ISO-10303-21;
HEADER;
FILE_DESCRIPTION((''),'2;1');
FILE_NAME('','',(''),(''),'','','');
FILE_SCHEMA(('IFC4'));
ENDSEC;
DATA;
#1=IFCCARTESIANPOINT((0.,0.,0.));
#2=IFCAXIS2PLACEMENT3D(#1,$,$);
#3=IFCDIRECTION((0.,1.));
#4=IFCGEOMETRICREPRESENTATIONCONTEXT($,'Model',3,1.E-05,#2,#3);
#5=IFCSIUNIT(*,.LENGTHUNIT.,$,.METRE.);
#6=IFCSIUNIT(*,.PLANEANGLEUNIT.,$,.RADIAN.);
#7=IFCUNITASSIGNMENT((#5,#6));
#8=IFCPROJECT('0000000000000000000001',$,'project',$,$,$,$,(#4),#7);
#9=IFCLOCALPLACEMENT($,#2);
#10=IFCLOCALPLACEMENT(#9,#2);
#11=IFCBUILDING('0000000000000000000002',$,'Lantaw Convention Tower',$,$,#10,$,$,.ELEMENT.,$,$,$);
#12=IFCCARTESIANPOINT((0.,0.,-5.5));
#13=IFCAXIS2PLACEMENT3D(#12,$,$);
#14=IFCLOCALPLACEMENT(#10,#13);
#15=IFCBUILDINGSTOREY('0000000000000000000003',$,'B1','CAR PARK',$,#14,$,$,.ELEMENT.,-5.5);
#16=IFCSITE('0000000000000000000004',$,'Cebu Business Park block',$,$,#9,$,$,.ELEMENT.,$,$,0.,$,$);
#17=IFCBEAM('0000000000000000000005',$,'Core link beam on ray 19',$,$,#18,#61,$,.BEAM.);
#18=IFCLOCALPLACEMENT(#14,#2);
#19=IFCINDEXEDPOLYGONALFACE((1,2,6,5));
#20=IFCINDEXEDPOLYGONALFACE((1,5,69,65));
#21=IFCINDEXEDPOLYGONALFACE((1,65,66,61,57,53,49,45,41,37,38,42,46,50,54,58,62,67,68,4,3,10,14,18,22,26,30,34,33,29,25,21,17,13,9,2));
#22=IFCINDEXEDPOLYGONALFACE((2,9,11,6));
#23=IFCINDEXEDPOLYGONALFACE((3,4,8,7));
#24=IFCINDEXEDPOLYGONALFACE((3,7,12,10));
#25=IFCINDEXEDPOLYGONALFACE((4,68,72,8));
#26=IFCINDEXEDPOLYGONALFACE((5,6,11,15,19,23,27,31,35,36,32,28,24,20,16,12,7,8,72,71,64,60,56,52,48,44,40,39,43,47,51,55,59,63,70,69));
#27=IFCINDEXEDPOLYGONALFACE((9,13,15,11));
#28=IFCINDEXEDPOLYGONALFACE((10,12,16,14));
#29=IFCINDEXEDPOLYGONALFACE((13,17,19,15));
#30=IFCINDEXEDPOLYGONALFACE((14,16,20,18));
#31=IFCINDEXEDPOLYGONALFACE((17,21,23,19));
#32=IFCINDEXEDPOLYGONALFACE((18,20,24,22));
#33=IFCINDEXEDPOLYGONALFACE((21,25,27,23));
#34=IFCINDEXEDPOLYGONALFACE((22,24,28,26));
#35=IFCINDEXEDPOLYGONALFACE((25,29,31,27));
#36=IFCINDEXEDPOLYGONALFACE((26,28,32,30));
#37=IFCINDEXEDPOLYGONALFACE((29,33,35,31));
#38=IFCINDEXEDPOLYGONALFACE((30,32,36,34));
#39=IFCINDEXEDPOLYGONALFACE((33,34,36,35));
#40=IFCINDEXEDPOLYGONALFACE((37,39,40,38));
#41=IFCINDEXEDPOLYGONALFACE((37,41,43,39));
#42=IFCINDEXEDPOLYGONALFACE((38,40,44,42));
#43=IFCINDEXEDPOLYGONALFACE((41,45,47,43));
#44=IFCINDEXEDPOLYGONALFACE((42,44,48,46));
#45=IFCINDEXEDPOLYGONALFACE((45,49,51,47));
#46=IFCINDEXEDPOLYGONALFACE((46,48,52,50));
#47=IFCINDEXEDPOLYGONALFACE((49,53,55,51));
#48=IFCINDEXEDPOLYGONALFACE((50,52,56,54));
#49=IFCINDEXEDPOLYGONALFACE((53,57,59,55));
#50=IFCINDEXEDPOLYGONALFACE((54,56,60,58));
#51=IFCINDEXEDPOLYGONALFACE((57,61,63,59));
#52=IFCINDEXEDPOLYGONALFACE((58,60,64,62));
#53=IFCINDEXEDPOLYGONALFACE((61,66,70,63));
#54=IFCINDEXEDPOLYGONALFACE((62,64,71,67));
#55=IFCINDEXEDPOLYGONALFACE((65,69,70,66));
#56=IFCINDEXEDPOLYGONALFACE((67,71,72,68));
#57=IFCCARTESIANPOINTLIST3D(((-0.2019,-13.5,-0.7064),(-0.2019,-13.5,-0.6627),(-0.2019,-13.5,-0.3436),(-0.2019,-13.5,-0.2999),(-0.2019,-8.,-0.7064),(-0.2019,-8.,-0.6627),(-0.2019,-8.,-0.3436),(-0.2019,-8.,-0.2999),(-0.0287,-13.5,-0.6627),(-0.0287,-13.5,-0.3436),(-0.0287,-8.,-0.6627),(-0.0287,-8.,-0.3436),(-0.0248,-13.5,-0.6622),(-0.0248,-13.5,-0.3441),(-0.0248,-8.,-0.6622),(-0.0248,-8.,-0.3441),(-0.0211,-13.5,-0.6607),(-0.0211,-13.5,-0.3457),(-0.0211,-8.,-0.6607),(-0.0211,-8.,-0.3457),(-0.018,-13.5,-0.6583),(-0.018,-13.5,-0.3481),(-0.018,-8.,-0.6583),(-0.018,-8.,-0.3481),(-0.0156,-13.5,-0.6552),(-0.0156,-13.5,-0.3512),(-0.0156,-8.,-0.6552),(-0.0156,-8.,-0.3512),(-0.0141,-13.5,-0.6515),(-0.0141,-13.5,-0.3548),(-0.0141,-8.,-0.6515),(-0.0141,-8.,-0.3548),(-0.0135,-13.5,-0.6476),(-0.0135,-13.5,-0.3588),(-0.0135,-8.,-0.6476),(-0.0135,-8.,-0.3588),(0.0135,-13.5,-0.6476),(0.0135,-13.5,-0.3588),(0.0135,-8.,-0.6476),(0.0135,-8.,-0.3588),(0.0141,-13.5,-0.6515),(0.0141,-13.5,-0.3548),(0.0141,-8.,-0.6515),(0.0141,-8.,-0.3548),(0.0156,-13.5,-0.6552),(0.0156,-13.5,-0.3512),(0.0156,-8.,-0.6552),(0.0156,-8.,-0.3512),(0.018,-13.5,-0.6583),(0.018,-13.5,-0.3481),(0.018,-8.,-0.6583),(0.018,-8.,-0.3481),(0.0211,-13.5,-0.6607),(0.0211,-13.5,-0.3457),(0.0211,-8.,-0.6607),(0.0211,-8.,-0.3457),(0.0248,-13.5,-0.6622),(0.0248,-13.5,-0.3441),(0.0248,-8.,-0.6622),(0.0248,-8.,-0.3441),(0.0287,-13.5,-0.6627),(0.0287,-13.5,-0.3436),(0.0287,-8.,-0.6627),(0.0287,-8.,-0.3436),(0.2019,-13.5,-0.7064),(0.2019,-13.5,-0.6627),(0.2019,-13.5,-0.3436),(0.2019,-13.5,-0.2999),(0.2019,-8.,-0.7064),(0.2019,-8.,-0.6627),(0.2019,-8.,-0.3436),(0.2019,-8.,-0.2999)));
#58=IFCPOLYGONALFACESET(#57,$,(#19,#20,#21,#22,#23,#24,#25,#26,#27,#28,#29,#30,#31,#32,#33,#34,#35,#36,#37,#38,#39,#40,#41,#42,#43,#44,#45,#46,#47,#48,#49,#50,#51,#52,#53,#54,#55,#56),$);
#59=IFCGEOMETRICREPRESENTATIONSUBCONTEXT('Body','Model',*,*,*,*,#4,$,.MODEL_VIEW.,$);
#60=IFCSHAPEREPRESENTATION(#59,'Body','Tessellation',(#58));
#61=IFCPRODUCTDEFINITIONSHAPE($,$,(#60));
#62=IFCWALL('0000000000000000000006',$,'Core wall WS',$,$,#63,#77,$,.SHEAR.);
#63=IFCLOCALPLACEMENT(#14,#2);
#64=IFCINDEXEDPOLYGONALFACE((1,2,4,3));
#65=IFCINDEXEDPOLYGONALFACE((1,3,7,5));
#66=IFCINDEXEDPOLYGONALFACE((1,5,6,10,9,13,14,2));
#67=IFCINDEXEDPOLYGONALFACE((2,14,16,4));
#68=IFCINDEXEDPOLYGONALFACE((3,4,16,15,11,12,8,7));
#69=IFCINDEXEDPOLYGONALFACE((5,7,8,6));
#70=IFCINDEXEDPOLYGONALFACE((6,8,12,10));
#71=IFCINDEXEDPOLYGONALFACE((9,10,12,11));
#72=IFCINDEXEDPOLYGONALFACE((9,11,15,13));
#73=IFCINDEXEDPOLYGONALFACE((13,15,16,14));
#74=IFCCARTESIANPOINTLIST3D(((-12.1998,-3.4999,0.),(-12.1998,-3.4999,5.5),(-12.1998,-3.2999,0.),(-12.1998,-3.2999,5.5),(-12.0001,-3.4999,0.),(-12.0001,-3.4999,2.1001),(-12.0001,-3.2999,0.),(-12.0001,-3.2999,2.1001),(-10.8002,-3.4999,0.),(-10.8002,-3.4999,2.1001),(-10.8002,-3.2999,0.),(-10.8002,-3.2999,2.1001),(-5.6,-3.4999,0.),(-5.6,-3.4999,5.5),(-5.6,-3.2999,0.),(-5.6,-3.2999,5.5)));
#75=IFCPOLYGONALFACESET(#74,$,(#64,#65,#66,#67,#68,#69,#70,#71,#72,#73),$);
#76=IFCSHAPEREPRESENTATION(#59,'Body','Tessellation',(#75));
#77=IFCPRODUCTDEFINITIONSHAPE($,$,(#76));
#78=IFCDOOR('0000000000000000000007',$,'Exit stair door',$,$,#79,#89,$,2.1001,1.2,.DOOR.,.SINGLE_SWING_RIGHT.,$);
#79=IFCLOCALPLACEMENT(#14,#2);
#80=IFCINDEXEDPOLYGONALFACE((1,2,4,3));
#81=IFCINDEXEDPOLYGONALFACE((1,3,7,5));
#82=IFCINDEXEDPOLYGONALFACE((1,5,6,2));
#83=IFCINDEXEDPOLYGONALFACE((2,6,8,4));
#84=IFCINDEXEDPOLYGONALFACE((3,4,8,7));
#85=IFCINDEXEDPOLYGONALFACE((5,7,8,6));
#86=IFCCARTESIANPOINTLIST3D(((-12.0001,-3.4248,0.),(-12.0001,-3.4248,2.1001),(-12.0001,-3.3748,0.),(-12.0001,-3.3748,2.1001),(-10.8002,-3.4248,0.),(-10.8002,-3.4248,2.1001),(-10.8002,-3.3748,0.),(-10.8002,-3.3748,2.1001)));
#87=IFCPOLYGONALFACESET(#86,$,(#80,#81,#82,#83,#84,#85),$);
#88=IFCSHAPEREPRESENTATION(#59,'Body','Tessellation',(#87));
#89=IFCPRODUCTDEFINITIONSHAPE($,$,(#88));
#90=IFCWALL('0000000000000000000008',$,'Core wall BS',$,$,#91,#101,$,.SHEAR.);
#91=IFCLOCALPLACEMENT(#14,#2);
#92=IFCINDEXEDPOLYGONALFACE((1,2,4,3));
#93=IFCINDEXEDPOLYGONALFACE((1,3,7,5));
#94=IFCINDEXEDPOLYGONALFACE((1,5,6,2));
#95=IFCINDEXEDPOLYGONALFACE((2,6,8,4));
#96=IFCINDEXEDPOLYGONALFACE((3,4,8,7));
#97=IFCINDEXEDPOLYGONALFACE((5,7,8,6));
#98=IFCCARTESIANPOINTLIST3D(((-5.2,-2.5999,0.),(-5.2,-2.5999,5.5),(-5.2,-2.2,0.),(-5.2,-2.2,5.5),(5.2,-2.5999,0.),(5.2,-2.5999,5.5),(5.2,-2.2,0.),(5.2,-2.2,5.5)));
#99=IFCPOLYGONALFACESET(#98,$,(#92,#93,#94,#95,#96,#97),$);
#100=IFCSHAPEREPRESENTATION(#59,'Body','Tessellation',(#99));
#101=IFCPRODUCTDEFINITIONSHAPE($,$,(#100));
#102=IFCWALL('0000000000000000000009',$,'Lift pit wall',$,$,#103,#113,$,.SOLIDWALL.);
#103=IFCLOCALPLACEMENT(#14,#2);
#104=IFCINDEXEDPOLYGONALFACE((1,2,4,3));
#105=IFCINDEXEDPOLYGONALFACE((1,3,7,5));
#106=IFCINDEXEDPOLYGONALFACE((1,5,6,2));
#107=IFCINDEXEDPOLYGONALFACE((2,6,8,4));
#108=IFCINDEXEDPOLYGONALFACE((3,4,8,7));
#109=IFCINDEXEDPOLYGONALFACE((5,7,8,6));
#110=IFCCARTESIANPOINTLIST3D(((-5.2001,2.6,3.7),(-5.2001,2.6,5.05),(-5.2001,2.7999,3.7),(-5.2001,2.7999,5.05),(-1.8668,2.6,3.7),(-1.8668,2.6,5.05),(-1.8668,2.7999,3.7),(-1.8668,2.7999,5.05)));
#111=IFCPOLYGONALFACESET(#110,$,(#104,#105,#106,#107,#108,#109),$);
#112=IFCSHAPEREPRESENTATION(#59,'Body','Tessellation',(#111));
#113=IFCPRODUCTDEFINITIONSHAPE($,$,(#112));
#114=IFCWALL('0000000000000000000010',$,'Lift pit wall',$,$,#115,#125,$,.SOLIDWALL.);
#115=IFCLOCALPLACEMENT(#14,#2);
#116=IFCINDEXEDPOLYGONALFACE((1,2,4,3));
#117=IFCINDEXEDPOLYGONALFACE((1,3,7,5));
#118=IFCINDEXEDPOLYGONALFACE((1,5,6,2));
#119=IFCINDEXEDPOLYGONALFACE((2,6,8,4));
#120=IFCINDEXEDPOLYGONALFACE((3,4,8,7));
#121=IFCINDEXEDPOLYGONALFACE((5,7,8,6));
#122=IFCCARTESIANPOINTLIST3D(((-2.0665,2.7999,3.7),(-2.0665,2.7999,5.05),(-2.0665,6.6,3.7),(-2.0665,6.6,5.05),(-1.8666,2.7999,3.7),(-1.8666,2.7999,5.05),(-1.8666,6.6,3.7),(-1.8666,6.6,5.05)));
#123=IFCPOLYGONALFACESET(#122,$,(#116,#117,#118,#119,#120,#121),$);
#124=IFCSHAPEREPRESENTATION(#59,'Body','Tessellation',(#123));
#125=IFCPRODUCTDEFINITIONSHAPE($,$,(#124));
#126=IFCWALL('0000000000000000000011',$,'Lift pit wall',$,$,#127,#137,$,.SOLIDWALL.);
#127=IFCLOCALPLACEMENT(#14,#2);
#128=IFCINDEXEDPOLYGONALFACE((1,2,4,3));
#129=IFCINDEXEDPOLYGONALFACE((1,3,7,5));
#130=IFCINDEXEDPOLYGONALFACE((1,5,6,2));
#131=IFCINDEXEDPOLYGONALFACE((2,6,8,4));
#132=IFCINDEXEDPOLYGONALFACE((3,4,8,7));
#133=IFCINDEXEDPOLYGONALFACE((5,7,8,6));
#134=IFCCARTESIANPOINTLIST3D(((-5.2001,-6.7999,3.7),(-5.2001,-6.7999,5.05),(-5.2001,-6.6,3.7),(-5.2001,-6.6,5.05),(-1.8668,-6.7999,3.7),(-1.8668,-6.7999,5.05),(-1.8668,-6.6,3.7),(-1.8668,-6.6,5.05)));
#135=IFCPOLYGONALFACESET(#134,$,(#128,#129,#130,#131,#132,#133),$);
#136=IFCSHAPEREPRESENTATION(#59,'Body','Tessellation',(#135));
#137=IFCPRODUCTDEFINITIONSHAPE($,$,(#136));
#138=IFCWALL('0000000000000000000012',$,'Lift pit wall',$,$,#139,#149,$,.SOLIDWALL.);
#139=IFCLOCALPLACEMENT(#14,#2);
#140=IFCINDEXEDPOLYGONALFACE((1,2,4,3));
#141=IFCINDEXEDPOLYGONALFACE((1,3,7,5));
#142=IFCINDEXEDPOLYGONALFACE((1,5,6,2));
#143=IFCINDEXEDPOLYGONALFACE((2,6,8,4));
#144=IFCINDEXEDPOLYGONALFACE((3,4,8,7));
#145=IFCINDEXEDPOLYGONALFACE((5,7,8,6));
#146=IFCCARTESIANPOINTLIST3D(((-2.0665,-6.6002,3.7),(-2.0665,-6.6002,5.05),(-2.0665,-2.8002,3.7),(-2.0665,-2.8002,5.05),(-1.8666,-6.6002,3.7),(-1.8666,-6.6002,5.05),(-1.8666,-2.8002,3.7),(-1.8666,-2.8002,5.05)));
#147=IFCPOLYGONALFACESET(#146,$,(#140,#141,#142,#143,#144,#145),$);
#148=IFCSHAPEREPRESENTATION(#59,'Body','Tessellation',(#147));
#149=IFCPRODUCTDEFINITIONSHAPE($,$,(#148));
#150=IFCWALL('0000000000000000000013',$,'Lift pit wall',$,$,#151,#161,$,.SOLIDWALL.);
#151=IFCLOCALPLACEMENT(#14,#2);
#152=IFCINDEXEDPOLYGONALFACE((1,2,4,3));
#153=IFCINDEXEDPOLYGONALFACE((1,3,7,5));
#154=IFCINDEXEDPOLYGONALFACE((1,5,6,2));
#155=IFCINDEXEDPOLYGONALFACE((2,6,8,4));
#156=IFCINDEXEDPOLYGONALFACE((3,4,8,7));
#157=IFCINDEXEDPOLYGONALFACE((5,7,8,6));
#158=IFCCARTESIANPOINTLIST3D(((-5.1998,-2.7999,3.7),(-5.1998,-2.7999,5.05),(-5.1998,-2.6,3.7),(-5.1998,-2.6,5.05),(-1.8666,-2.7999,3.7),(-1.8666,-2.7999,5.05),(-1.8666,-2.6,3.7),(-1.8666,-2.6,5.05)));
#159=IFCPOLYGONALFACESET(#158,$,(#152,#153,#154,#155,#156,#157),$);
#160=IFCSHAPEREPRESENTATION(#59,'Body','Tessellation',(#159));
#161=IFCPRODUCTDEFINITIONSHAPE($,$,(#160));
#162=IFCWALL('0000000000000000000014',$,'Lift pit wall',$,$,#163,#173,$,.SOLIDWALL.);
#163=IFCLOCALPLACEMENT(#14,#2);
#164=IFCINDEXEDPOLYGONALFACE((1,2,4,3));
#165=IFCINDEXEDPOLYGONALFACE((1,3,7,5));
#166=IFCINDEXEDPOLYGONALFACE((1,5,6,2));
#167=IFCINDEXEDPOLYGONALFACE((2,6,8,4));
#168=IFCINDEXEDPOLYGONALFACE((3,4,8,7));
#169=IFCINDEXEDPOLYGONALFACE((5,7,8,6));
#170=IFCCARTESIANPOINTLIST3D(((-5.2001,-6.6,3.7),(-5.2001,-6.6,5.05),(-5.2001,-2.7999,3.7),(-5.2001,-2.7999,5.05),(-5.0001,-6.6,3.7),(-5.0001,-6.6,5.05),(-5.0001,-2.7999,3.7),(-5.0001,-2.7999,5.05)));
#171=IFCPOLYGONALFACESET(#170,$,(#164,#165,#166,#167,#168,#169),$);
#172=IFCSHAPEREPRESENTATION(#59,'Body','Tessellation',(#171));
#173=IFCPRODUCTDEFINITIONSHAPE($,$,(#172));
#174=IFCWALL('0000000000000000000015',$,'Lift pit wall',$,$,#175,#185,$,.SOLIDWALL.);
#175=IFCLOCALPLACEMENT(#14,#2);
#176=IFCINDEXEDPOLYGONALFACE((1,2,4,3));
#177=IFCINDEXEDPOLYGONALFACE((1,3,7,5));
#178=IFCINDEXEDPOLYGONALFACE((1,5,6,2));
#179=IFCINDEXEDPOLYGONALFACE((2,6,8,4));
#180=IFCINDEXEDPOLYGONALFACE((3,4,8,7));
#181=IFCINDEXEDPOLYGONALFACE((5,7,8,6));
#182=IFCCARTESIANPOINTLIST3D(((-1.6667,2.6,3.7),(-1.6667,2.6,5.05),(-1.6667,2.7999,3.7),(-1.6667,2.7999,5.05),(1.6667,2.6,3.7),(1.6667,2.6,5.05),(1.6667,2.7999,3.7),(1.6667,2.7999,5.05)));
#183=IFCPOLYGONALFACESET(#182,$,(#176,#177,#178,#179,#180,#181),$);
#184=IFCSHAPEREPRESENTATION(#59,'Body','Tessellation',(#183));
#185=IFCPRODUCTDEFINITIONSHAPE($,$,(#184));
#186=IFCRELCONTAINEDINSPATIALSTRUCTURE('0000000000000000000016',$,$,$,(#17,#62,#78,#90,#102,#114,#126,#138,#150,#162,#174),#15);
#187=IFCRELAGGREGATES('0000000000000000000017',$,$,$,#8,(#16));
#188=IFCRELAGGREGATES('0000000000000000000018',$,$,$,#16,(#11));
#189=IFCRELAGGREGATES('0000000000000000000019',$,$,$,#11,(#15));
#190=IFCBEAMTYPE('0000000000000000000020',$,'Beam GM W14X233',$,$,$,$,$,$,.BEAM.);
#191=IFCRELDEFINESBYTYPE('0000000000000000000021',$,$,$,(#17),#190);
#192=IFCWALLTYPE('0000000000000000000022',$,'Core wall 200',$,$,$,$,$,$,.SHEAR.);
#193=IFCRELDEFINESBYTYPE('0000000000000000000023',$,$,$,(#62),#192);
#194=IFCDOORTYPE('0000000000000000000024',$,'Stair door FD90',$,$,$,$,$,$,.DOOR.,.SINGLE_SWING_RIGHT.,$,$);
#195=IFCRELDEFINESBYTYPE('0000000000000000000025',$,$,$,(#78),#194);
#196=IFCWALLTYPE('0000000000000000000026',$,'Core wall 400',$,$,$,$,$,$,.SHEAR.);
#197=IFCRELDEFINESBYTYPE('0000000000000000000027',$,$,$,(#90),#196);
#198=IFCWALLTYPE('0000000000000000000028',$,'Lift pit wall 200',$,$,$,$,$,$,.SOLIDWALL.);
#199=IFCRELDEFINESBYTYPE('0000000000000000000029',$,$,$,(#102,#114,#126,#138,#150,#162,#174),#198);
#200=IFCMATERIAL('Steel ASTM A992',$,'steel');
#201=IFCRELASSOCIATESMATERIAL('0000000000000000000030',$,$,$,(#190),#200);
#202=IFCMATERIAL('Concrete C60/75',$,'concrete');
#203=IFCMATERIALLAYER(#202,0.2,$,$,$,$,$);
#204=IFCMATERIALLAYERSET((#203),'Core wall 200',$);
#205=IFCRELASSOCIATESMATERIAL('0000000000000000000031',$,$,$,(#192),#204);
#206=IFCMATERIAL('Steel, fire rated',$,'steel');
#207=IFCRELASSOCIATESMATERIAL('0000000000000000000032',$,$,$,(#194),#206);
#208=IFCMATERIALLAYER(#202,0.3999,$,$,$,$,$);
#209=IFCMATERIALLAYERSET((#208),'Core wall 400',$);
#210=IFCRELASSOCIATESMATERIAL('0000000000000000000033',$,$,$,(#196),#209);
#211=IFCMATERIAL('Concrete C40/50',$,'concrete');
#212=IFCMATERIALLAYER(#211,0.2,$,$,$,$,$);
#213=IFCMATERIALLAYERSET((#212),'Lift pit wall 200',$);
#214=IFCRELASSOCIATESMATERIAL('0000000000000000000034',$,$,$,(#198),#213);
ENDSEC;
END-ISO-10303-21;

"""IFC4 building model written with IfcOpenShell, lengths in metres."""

from ifc_helpers import new_model, si_unit, direction, frame, frame_2d, origin, origin_2d, place, context, subcontext, project, spatial, rectangle, i_section, extrude, material, layer, layer_set, material_profile, profile_set, type_object, element, fill, save


model = new_model("IFC4")

# Units and contexts
model_context = context("Model", 3, precision=1e-05, world=origin(), true_north=direction((0.0, 1.0)))
body_context = subcontext(model_context, "Body", "Model", "MODEL_VIEW")
ifc_project = project(units=[si_unit("LENGTHUNIT", "METRE"), si_unit("PLANEANGLEUNIT", "RADIAN")], contexts=[model_context])

# Site, building, storey
site_placement = place(None, origin())
site = spatial("IfcSite", under=ifc_project, at=site_placement, Name="Cebu Business Park block", CompositionType="ELEMENT", RefElevation=0.0)
building_placement = place(site_placement, origin())
building = spatial("IfcBuilding", under=site, at=building_placement, Name="Lantaw Convention Tower", CompositionType="ELEMENT")
storey_placement = place(building_placement, frame((0.0, 0.0, -5.5)))
storey = spatial("IfcBuildingStorey", under=building, at=storey_placement, Name="B1", Description="CAR PARK", CompositionType="ELEMENT", Elevation=-5.5)

# Beam
ifc_material_1 = material(Name="Steel ASTM A992", Category="steel")
ifc_material_profile_1 = material_profile(ifc_material_1, i_section(OverallWidth=0.4038, OverallDepth=0.4065, WebThickness=0.0271, FlangeThickness=0.0437, FilletRadius=0.0151, at=origin_2d()), Name="W14X233")
ifc_profile_set_1 = profile_set([ifc_material_profile_1], Name="Steel ASTM A992")
beam_type_1 = type_object("IfcBeamType", Name="Beam GM W14X233", PredefinedType="BEAM", material=ifc_profile_set_1)
beam_1_placement = place(storey_placement, frame((0.0, -8.0, -0.5032), z_axis=(0.0, -1.0, 0.0), x_axis=(1.0, 0.0, 0.0)))
element("IfcBeam", 1, at=beam_1_placement, inside=storey, type_object=beam_type_1, Name="Core link beam on ray 19", PredefinedType="BEAM", context=body_context, shape_type="SweptSolid", body=[
    extrude(i_section(OverallWidth=0.4038, OverallDepth=0.4065, WebThickness=0.0271, FlangeThickness=0.0437, FilletRadius=0.0151, at=origin_2d()), origin(), (0.0, 0.0, 1.0), 5.5),
])

# Wall, opening, door
ifc_material_2 = material(Name="Concrete C60/75", Category="concrete")
ifc_layer_1 = layer(ifc_material_2, 0.2)
ifc_layer_set_1 = layer_set([ifc_layer_1], Name="Core wall 200")
wall_type_1 = type_object("IfcWallType", Name="Core wall 200", PredefinedType="SHEAR", material=ifc_layer_set_1)
wall_1_placement = place(storey_placement, frame((-5.6001, -3.3999, 0.0), z_axis=(0.0, 0.0, 1.0), x_axis=(-1.0, 0.0, 0.0)))
wall_1 = element("IfcWall", 2, at=wall_1_placement, inside=storey, type_object=wall_type_1, Name="Core wall WS", PredefinedType="SHEAR", context=body_context, shape_type="SweptSolid", body=[
    extrude(rectangle(XDim=6.5999, YDim=0.2, at=frame_2d((3.2998, 0.0))), origin(), (0.0, 0.0, 1.0), 5.5),
])
opening_placement = place(wall_1_placement, frame((5.2, 0.0, 0.0)))
opening = element("IfcOpeningElement", 3, at=opening_placement, cuts=wall_1, PredefinedType="OPENING", context=body_context, shape_type="SweptSolid", body=[
    extrude(rectangle(XDim=1.2, YDim=2.1001, at=frame_2d((0.6001, 1.05))), frame((0.0, 0.1099, 0.0), z_axis=(0.0, -1.0, 0.0), x_axis=(1.0, 0.0, 0.0)), (0.0, 0.0, 1.0), 0.22),
])
ifc_material_3 = material(Name="Steel, fire rated", Category="steel")
door_type = type_object("IfcDoorType", Name="Stair door FD90", OperationType="SINGLE_SWING_RIGHT", PredefinedType="DOOR", material=ifc_material_3)
door_placement = place(opening_placement, origin())
door = element("IfcDoor", 4, at=door_placement, inside=storey, type_object=door_type, Name="Exit stair door", OperationType="SINGLE_SWING_RIGHT", OverallHeight=2.1001, OverallWidth=1.2, PredefinedType="DOOR", context=body_context, shape_type="SweptSolid", body=[
    extrude(rectangle(XDim=1.2, YDim=2.1001, at=frame_2d((0.6001, 1.05))), frame((0.0, 0.0249, 0.0), z_axis=(0.0, -1.0, 0.0), x_axis=(1.0, 0.0, 0.0)), (0.0, 0.0, 1.0), 0.05),
])
fill(opening, door)

# Walls
ifc_layer_2 = layer(ifc_material_2, 0.3999)
ifc_layer_set_2 = layer_set([ifc_layer_2], Name="Core wall 400")
wall_type_2 = type_object("IfcWallType", Name="Core wall 400", PredefinedType="SHEAR", material=ifc_layer_set_2)
wall_2_placement = place(storey_placement, frame((-5.2, -2.3999, 0.0), z_axis=(0.0, 0.0, 1.0), x_axis=(1.0, 0.0, 0.0)))
element("IfcWall", 5, at=wall_2_placement, inside=storey, type_object=wall_type_2, Name="Core wall BS", PredefinedType="SHEAR", context=body_context, shape_type="SweptSolid", body=[
    extrude(rectangle(XDim=10.3999, YDim=0.3999, at=frame_2d((5.2, 0.0))), origin(), (0.0, 0.0, 1.0), 5.5),
])
ifc_material_4 = material(Name="Concrete C40/50", Category="concrete")
ifc_layer_3 = layer(ifc_material_4, 0.2)
ifc_layer_set_3 = layer_set([ifc_layer_3], Name="Lift pit wall 200")
wall_type_3 = type_object("IfcWallType", Name="Lift pit wall 200", PredefinedType="SOLIDWALL", material=ifc_layer_set_3)
wall_3_placement = place(storey_placement, frame((-5.2, 2.7, 3.7), z_axis=(0.0, 0.0, 1.0), x_axis=(1.0, 0.0, 0.0)))
element("IfcWall", 6, at=wall_3_placement, inside=storey, type_object=wall_type_3, Name="Lift pit wall", PredefinedType="SOLIDWALL", context=body_context, shape_type="SweptSolid", body=[
    extrude(rectangle(XDim=3.3333, YDim=0.2, at=frame_2d((1.6665, 0.0))), origin(), (0.0, 0.0, 1.0), 1.3501),
])
wall_4_placement = place(storey_placement, frame((-1.9666, 2.8, 3.7), z_axis=(0.0, 0.0, 1.0), x_axis=(0.0, 1.0, 0.0)))
element("IfcWall", 7, at=wall_4_placement, inside=storey, type_object=wall_type_3, Name="Lift pit wall", PredefinedType="SOLIDWALL", context=body_context, shape_type="SweptSolid", body=[
    extrude(rectangle(XDim=3.8, YDim=0.2, at=frame_2d((1.8999, 0.0))), origin(), (0.0, 0.0, 1.0), 1.3501),
])
wall_5_placement = place(storey_placement, frame((-5.2, -6.7, 3.7), z_axis=(0.0, 0.0, 1.0), x_axis=(1.0, 0.0, 0.0)))
element("IfcWall", 8, at=wall_5_placement, inside=storey, type_object=wall_type_3, Name="Lift pit wall", PredefinedType="SOLIDWALL", context=body_context, shape_type="SweptSolid", body=[
    extrude(rectangle(XDim=3.3333, YDim=0.2, at=frame_2d((1.6665, 0.0))), origin(), (0.0, 0.0, 1.0), 1.3501),
])
wall_6_placement = place(storey_placement, frame((-1.9666, -6.6001, 3.7), z_axis=(0.0, 0.0, 1.0), x_axis=(0.0, 1.0, 0.0)))
element("IfcWall", 9, at=wall_6_placement, inside=storey, type_object=wall_type_3, Name="Lift pit wall", PredefinedType="SOLIDWALL", context=body_context, shape_type="SweptSolid", body=[
    extrude(rectangle(XDim=3.8, YDim=0.2, at=frame_2d((1.8999, 0.0))), origin(), (0.0, 0.0, 1.0), 1.3501),
])
wall_7_placement = place(storey_placement, frame((-1.8667, -2.7, 3.7), z_axis=(0.0, 0.0, 1.0), x_axis=(-1.0, 0.0, 0.0)))
element("IfcWall", 10, at=wall_7_placement, inside=storey, type_object=wall_type_3, Name="Lift pit wall", PredefinedType="SOLIDWALL", context=body_context, shape_type="SweptSolid", body=[
    extrude(rectangle(XDim=3.3333, YDim=0.2, at=frame_2d((1.6665, 0.0))), origin(), (0.0, 0.0, 1.0), 1.3501),
])
wall_8_placement = place(storey_placement, frame((-5.1001, -2.8, 3.7), z_axis=(0.0, 0.0, 1.0), x_axis=(0.0, -1.0, 0.0)))
element("IfcWall", 11, at=wall_8_placement, inside=storey, type_object=wall_type_3, Name="Lift pit wall", PredefinedType="SOLIDWALL", context=body_context, shape_type="SweptSolid", body=[
    extrude(rectangle(XDim=3.8, YDim=0.2, at=frame_2d((1.8999, 0.0))), origin(), (0.0, 0.0, 1.0), 1.3501),
])
for number, where, z_axis, x_axis, name in (
    (12, (-1.6667, 2.7, 3.7), (0.0, 0.0, 1.0), (1.0, 0.0, 0.0), "Lift pit wall"),
):
    element("IfcWall", number, at=place(storey_placement, frame(where, z_axis=z_axis, x_axis=x_axis)), inside=storey, type_object=wall_type_3, Name=name, PredefinedType="SOLIDWALL", context=body_context, shape_type="SweptSolid", body=[
        extrude(rectangle(XDim=3.3335, YDim=0.2, at=frame_2d((1.6667, 0.0))), origin(), (0.0, 0.0, 1.0), 1.3501),
    ])

save(model, "model.ifc")
